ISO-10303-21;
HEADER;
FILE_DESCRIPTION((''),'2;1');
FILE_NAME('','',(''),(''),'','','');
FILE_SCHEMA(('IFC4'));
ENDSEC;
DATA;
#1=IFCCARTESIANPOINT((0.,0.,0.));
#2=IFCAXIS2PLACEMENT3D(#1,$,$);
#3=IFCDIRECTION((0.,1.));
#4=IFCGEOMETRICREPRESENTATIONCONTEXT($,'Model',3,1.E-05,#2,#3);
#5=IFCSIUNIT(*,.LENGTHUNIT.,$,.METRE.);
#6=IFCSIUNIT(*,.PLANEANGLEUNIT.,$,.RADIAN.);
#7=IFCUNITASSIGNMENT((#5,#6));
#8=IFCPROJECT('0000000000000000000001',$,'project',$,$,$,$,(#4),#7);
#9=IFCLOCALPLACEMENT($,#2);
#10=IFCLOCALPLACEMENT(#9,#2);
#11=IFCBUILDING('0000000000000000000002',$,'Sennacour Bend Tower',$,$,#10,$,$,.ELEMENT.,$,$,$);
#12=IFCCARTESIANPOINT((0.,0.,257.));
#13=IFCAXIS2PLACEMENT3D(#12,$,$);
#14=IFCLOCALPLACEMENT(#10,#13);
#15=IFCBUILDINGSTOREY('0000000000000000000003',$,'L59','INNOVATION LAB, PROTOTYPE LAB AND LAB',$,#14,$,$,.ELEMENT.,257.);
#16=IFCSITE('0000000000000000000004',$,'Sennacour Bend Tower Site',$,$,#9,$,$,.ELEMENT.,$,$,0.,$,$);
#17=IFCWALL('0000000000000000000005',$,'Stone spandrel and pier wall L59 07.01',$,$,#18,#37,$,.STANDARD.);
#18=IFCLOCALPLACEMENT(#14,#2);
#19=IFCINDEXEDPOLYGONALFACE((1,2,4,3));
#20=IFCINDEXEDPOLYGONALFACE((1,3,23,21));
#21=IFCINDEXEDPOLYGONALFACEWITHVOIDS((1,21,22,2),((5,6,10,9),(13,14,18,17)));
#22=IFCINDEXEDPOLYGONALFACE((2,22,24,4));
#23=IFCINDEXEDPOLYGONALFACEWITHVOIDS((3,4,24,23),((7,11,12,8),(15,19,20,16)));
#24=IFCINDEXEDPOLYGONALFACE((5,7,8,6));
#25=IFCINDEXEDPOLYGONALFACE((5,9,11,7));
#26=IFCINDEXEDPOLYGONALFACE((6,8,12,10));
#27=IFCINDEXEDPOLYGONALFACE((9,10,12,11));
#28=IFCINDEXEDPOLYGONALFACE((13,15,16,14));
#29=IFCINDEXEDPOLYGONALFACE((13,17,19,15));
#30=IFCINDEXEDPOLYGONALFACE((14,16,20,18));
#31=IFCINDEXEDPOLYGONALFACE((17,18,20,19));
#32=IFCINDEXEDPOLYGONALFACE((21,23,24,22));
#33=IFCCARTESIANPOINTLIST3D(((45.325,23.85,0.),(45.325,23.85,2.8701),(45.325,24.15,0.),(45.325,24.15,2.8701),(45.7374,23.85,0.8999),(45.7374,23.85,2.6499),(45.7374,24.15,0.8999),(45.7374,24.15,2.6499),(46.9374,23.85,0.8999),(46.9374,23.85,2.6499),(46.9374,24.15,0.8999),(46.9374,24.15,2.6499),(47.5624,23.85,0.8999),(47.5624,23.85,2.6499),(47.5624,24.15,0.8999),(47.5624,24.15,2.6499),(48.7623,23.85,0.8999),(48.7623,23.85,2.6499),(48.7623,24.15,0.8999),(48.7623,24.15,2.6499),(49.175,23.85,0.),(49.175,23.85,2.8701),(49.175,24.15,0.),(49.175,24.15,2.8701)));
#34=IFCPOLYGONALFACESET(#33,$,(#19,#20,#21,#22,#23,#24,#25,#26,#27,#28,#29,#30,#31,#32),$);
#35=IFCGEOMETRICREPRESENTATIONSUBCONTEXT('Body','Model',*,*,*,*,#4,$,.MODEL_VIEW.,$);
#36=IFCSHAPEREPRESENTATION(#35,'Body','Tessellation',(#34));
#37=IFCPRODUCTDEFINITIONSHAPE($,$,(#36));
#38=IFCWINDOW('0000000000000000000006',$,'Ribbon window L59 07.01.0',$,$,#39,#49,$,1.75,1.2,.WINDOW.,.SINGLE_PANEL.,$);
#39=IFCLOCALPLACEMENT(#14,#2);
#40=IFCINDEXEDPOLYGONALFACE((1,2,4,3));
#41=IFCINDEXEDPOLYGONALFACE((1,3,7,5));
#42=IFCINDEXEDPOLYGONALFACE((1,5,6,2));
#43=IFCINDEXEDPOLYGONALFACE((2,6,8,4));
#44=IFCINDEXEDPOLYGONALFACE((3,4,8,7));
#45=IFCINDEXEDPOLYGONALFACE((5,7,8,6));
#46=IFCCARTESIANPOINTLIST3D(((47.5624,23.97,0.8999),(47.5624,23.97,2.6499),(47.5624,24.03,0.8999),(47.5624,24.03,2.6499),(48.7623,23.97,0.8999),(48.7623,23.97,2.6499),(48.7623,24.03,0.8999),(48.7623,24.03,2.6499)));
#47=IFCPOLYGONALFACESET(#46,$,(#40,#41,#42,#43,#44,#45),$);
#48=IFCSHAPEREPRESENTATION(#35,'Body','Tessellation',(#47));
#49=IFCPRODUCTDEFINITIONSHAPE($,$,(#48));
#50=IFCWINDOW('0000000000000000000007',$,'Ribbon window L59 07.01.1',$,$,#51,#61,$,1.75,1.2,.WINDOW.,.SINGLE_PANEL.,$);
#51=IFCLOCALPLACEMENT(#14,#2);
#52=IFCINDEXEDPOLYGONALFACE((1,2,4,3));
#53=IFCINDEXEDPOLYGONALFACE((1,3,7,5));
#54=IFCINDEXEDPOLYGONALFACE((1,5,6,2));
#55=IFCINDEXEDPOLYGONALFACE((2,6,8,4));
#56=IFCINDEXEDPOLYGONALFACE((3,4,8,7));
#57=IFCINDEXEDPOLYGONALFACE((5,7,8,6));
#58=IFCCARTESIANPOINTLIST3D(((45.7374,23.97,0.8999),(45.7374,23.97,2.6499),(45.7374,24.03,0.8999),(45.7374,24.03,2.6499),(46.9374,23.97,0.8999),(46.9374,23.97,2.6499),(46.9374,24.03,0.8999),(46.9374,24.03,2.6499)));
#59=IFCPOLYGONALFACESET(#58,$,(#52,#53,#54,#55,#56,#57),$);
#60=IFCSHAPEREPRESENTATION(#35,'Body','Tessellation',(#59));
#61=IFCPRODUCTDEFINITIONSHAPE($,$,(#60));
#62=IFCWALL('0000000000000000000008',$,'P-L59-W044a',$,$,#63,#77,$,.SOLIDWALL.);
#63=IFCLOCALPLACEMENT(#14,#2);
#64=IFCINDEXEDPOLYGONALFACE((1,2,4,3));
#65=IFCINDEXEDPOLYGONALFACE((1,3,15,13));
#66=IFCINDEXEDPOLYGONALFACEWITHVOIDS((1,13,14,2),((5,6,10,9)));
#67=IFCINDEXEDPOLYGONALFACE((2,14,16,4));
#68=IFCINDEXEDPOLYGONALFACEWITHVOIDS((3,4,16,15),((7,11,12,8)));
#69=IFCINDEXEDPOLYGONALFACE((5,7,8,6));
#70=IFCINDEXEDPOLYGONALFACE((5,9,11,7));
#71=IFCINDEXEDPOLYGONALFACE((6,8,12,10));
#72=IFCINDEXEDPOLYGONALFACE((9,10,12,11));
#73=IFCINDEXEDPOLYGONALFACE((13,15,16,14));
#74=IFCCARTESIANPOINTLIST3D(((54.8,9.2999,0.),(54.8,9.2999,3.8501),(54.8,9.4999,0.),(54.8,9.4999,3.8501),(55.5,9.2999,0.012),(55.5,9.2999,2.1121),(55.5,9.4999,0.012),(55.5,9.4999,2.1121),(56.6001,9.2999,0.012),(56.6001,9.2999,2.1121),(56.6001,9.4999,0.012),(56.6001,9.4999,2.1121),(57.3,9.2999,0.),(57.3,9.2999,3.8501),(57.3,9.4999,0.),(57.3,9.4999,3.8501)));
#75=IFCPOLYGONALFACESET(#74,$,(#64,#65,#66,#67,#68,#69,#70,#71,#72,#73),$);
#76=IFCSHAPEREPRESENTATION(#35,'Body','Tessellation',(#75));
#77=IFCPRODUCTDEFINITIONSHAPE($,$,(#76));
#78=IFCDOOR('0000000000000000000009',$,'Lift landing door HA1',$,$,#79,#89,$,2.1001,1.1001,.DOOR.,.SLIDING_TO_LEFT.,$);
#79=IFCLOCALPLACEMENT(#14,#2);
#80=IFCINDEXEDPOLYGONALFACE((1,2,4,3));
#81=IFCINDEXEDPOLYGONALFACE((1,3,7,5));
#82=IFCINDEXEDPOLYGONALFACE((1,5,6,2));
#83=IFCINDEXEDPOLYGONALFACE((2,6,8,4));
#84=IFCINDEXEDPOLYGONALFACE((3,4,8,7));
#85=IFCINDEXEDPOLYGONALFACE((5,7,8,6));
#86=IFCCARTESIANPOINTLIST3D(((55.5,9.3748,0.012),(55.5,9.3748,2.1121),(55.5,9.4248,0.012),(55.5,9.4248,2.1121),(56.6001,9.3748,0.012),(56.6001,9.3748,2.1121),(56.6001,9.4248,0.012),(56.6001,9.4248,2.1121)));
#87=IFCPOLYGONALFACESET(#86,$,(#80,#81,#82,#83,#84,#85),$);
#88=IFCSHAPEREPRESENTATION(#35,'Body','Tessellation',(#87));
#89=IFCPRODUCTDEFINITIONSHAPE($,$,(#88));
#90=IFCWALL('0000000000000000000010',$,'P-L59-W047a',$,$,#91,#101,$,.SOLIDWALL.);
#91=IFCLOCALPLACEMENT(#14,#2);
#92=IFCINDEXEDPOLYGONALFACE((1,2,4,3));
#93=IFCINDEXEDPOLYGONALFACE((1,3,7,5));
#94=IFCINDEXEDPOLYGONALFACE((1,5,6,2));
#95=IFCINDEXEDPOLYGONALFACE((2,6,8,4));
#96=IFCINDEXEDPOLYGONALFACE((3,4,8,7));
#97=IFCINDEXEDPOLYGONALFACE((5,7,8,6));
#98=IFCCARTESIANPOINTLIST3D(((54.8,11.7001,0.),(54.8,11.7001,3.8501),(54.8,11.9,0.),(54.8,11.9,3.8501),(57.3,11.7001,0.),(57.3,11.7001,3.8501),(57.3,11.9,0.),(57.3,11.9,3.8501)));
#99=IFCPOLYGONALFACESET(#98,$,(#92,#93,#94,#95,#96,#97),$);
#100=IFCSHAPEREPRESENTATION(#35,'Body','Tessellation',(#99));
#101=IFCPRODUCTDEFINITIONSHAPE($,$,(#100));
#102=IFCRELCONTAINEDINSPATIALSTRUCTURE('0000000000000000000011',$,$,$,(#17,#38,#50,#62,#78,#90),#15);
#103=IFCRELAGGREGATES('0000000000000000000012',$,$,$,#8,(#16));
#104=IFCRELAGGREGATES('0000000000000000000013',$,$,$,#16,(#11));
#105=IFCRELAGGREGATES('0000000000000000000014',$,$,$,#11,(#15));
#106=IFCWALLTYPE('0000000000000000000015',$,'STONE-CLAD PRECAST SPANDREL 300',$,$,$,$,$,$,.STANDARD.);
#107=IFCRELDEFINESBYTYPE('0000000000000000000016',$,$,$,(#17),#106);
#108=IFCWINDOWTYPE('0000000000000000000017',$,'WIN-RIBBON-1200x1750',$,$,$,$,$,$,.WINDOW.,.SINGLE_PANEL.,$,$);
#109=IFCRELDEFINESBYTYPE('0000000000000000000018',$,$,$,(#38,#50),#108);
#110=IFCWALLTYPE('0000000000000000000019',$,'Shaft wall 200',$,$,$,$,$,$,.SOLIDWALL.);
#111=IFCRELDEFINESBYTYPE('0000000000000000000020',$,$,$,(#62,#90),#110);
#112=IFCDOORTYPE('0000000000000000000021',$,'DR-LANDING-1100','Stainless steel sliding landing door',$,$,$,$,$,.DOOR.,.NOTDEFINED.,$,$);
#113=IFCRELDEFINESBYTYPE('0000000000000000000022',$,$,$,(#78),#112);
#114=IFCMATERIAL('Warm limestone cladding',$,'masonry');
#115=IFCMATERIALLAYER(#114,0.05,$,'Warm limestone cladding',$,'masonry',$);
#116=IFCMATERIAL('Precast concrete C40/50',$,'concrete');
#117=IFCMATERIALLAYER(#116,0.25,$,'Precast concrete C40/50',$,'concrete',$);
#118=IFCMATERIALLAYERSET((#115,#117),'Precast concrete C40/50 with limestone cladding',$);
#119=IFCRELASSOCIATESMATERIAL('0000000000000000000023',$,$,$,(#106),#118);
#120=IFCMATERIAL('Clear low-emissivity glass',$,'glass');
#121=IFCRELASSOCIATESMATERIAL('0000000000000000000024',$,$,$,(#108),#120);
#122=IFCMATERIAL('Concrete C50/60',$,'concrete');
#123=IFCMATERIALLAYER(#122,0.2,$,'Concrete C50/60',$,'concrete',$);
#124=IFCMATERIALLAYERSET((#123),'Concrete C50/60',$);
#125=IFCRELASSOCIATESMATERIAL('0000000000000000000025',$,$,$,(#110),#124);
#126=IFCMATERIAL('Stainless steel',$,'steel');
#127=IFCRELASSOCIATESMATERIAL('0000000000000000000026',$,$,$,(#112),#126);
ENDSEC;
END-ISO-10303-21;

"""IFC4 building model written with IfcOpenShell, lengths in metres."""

from ifc_helpers import new_model, si_unit, direction, frame, frame_2d, origin, place, context, subcontext, project, spatial, rectangle, extrude, material, layer, layer_set, type_object, element, fill, save


model = new_model("IFC4")

# Units and contexts
model_context = context("Model", 3, precision=1e-05, world=origin(), true_north=direction((0.0, 1.0)))
body_context = subcontext(model_context, "Body", "Model", "MODEL_VIEW")
ifc_project = project(units=[si_unit("LENGTHUNIT", "METRE"), si_unit("PLANEANGLEUNIT", "RADIAN")], contexts=[model_context])

# Site, building, storey
site_placement = place(None, origin())
site = spatial("IfcSite", under=ifc_project, at=site_placement, Name="Sennacour Bend Tower Site", CompositionType="ELEMENT", RefElevation=0.0)
building_placement = place(site_placement, origin())
building = spatial("IfcBuilding", under=site, at=building_placement, Name="Sennacour Bend Tower", CompositionType="ELEMENT")
storey_placement = place(building_placement, frame((0.0, 0.0, 257.0)))
storey = spatial("IfcBuildingStorey", under=building, at=storey_placement, Name="L59", Description="INNOVATION LAB, PROTOTYPE LAB AND LAB", CompositionType="ELEMENT", Elevation=257.0)

# Shared definitions
ifc_material_1 = material(Name="Concrete C50/60", Category="concrete")

# Shared definitions
ifc_material_2 = material(Name="Warm limestone cladding", Category="masonry")
ifc_layer_1 = layer(ifc_material_2, 0.05, Name="Warm limestone cladding", Category="masonry")
ifc_material_3 = material(Name="Precast concrete C40/50", Category="concrete")
ifc_layer_2 = layer(ifc_material_3, 0.25, Name="Precast concrete C40/50", Category="concrete")
ifc_layer_set_1 = layer_set([ifc_layer_1, ifc_layer_2], Name="Precast concrete C40/50 with limestone cladding")
wall_type_1 = type_object("IfcWallType", Name="STONE-CLAD PRECAST SPANDREL 300", PredefinedType="STANDARD", material=ifc_layer_set_1)

# Wall, openings, windows
ifc_material_4 = material(Name="Clear low-emissivity glass", Category="glass")
window_type = type_object("IfcWindowType", Name="WIN-RIBBON-1200x1750", PartitioningType="SINGLE_PANEL", PredefinedType="WINDOW", material=ifc_material_4)
wall_1_placement = place(storey_placement, frame((49.175, 24.0, 0.0), z_axis=(0.0, 0.0, 1.0), x_axis=(-1.0, 0.0, 0.0)))
wall_1 = element("IfcWall", 1, at=wall_1_placement, inside=storey, type_object=wall_type_1, Name="Stone spandrel and pier wall L59 07.01", PredefinedType="STANDARD", context=body_context, shape_type="SweptSolid", body=[
    extrude(rectangle(XDim=3.8501, YDim=0.3, at=frame_2d((1.925, 0.0))), origin(), (0.0, 0.0, 1.0), 2.8701),
])
opening_1_placement = place(wall_1_placement, frame((0.4126, 0.0, 0.8999)))
opening_1 = element("IfcOpeningElement", 2, at=opening_1_placement, cuts=wall_1, PredefinedType="OPENING", context=body_context, shape_type="SweptSolid", body=[
    extrude(rectangle(XDim=1.2, YDim=1.75, at=frame_2d((0.6001, 0.875))), frame((0.0, 0.1602, 0.0), z_axis=(0.0, -1.0, 0.0), x_axis=(1.0, 0.0, 0.0)), (0.0, 0.0, 1.0), 0.3201),
])
opening_2_placement = place(wall_1_placement, frame((2.2375, 0.0, 0.8999)))
opening_2 = element("IfcOpeningElement", 3, at=opening_2_placement, cuts=wall_1, PredefinedType="OPENING", context=body_context, shape_type="SweptSolid", body=[
    extrude(rectangle(XDim=1.2, YDim=1.75, at=frame_2d((0.6001, 0.875))), frame((0.0, 0.1602, 0.0), z_axis=(0.0, -1.0, 0.0), x_axis=(1.0, 0.0, 0.0)), (0.0, 0.0, 1.0), 0.3201),
])
window_1_placement = place(opening_1_placement, origin())
window_1 = element("IfcWindow", 4, at=window_1_placement, inside=storey, type_object=window_type, Name="Ribbon window L59 07.01.0", OverallHeight=1.75, OverallWidth=1.2, PartitioningType="SINGLE_PANEL", PredefinedType="WINDOW", context=body_context, shape_type="SweptSolid", body=[
    extrude(rectangle(XDim=1.2, YDim=1.75, at=frame_2d((0.6001, 0.875))), frame((0.0, 0.03, 0.0), z_axis=(0.0, -1.0, 0.0), x_axis=(1.0, 0.0, 0.0)), (0.0, 0.0, 1.0), 0.0601),
])
fill(opening_1, window_1)
window_2_placement = place(opening_2_placement, origin())
window_2 = element("IfcWindow", 5, at=window_2_placement, inside=storey, type_object=window_type, Name="Ribbon window L59 07.01.1", OverallHeight=1.75, OverallWidth=1.2, PartitioningType="SINGLE_PANEL", PredefinedType="WINDOW", context=body_context, shape_type="SweptSolid", body=[
    extrude(rectangle(XDim=1.2, YDim=1.75, at=frame_2d((0.6001, 0.875))), frame((0.0, 0.03, 0.0), z_axis=(0.0, -1.0, 0.0), x_axis=(1.0, 0.0, 0.0)), (0.0, 0.0, 1.0), 0.0601),
])
fill(opening_2, window_2)

# Wall, opening, door
ifc_layer_3 = layer(ifc_material_1, 0.2, Name="Concrete C50/60", Category="concrete")
ifc_layer_set_2 = layer_set([ifc_layer_3], Name="Concrete C50/60")
wall_type_2 = type_object("IfcWallType", Name="Shaft wall 200", PredefinedType="SOLIDWALL", material=ifc_layer_set_2)
wall_2_placement = place(storey_placement, frame((54.8, 9.3999, 0.0), z_axis=(0.0, 0.0, 1.0), x_axis=(1.0, 0.0, 0.0)))
wall_2 = element("IfcWall", 6, at=wall_2_placement, inside=storey, type_object=wall_type_2, Name="P-L59-W044a", PredefinedType="SOLIDWALL", context=body_context, shape_type="SweptSolid", body=[
    extrude(rectangle(XDim=2.5, YDim=0.2, at=frame_2d((1.25, 0.0))), origin(), (0.0, 0.0, 1.0), 3.8501),
])
opening_3_placement = place(wall_2_placement, frame((0.7, 0.0, 0.012)))
opening_3 = element("IfcOpeningElement", 7, at=opening_3_placement, cuts=wall_2, PredefinedType="OPENING", context=body_context, shape_type="SweptSolid", body=[
    extrude(rectangle(XDim=1.1001, YDim=2.1001, at=frame_2d((0.55, 1.05))), frame((0.0, 0.1099, 0.0), z_axis=(0.0, -1.0, 0.0), x_axis=(1.0, 0.0, 0.0)), (0.0, 0.0, 1.0), 0.22),
])
ifc_material_5 = material(Name="Stainless steel", Category="steel")
door_type_1 = type_object("IfcDoorType", Name="DR-LANDING-1100", Description="Stainless steel sliding landing door", OperationType="NOTDEFINED", PredefinedType="DOOR", material=ifc_material_5)
door_1_placement = place(opening_3_placement, origin())
door_1 = element("IfcDoor", 8, at=door_1_placement, inside=storey, type_object=door_type_1, Name="Lift landing door HA1", OperationType="SLIDING_TO_LEFT", OverallHeight=2.1001, OverallWidth=1.1001, PredefinedType="DOOR", context=body_context, shape_type="SweptSolid", body=[
    extrude(rectangle(XDim=1.1001, YDim=2.1001, at=frame_2d((0.55, 1.05))), frame((0.0, 0.0249, 0.0), z_axis=(0.0, -1.0, 0.0), x_axis=(1.0, 0.0, 0.0)), (0.0, 0.0, 1.0), 0.05),
])
fill(opening_3, door_1)

# Wall
wall_3_placement = place(storey_placement, frame((54.8, 11.8, 0.0), z_axis=(0.0, 0.0, 1.0), x_axis=(1.0, 0.0, 0.0)))
element("IfcWall", 9, at=wall_3_placement, inside=storey, type_object=wall_type_2, Name="P-L59-W047a", PredefinedType="SOLIDWALL", context=body_context, shape_type="SweptSolid", body=[
    extrude(rectangle(XDim=2.5, YDim=0.2, at=frame_2d((1.25, 0.0))), origin(), (0.0, 0.0, 1.0), 3.8501),
])

save(model, "model.ifc")
